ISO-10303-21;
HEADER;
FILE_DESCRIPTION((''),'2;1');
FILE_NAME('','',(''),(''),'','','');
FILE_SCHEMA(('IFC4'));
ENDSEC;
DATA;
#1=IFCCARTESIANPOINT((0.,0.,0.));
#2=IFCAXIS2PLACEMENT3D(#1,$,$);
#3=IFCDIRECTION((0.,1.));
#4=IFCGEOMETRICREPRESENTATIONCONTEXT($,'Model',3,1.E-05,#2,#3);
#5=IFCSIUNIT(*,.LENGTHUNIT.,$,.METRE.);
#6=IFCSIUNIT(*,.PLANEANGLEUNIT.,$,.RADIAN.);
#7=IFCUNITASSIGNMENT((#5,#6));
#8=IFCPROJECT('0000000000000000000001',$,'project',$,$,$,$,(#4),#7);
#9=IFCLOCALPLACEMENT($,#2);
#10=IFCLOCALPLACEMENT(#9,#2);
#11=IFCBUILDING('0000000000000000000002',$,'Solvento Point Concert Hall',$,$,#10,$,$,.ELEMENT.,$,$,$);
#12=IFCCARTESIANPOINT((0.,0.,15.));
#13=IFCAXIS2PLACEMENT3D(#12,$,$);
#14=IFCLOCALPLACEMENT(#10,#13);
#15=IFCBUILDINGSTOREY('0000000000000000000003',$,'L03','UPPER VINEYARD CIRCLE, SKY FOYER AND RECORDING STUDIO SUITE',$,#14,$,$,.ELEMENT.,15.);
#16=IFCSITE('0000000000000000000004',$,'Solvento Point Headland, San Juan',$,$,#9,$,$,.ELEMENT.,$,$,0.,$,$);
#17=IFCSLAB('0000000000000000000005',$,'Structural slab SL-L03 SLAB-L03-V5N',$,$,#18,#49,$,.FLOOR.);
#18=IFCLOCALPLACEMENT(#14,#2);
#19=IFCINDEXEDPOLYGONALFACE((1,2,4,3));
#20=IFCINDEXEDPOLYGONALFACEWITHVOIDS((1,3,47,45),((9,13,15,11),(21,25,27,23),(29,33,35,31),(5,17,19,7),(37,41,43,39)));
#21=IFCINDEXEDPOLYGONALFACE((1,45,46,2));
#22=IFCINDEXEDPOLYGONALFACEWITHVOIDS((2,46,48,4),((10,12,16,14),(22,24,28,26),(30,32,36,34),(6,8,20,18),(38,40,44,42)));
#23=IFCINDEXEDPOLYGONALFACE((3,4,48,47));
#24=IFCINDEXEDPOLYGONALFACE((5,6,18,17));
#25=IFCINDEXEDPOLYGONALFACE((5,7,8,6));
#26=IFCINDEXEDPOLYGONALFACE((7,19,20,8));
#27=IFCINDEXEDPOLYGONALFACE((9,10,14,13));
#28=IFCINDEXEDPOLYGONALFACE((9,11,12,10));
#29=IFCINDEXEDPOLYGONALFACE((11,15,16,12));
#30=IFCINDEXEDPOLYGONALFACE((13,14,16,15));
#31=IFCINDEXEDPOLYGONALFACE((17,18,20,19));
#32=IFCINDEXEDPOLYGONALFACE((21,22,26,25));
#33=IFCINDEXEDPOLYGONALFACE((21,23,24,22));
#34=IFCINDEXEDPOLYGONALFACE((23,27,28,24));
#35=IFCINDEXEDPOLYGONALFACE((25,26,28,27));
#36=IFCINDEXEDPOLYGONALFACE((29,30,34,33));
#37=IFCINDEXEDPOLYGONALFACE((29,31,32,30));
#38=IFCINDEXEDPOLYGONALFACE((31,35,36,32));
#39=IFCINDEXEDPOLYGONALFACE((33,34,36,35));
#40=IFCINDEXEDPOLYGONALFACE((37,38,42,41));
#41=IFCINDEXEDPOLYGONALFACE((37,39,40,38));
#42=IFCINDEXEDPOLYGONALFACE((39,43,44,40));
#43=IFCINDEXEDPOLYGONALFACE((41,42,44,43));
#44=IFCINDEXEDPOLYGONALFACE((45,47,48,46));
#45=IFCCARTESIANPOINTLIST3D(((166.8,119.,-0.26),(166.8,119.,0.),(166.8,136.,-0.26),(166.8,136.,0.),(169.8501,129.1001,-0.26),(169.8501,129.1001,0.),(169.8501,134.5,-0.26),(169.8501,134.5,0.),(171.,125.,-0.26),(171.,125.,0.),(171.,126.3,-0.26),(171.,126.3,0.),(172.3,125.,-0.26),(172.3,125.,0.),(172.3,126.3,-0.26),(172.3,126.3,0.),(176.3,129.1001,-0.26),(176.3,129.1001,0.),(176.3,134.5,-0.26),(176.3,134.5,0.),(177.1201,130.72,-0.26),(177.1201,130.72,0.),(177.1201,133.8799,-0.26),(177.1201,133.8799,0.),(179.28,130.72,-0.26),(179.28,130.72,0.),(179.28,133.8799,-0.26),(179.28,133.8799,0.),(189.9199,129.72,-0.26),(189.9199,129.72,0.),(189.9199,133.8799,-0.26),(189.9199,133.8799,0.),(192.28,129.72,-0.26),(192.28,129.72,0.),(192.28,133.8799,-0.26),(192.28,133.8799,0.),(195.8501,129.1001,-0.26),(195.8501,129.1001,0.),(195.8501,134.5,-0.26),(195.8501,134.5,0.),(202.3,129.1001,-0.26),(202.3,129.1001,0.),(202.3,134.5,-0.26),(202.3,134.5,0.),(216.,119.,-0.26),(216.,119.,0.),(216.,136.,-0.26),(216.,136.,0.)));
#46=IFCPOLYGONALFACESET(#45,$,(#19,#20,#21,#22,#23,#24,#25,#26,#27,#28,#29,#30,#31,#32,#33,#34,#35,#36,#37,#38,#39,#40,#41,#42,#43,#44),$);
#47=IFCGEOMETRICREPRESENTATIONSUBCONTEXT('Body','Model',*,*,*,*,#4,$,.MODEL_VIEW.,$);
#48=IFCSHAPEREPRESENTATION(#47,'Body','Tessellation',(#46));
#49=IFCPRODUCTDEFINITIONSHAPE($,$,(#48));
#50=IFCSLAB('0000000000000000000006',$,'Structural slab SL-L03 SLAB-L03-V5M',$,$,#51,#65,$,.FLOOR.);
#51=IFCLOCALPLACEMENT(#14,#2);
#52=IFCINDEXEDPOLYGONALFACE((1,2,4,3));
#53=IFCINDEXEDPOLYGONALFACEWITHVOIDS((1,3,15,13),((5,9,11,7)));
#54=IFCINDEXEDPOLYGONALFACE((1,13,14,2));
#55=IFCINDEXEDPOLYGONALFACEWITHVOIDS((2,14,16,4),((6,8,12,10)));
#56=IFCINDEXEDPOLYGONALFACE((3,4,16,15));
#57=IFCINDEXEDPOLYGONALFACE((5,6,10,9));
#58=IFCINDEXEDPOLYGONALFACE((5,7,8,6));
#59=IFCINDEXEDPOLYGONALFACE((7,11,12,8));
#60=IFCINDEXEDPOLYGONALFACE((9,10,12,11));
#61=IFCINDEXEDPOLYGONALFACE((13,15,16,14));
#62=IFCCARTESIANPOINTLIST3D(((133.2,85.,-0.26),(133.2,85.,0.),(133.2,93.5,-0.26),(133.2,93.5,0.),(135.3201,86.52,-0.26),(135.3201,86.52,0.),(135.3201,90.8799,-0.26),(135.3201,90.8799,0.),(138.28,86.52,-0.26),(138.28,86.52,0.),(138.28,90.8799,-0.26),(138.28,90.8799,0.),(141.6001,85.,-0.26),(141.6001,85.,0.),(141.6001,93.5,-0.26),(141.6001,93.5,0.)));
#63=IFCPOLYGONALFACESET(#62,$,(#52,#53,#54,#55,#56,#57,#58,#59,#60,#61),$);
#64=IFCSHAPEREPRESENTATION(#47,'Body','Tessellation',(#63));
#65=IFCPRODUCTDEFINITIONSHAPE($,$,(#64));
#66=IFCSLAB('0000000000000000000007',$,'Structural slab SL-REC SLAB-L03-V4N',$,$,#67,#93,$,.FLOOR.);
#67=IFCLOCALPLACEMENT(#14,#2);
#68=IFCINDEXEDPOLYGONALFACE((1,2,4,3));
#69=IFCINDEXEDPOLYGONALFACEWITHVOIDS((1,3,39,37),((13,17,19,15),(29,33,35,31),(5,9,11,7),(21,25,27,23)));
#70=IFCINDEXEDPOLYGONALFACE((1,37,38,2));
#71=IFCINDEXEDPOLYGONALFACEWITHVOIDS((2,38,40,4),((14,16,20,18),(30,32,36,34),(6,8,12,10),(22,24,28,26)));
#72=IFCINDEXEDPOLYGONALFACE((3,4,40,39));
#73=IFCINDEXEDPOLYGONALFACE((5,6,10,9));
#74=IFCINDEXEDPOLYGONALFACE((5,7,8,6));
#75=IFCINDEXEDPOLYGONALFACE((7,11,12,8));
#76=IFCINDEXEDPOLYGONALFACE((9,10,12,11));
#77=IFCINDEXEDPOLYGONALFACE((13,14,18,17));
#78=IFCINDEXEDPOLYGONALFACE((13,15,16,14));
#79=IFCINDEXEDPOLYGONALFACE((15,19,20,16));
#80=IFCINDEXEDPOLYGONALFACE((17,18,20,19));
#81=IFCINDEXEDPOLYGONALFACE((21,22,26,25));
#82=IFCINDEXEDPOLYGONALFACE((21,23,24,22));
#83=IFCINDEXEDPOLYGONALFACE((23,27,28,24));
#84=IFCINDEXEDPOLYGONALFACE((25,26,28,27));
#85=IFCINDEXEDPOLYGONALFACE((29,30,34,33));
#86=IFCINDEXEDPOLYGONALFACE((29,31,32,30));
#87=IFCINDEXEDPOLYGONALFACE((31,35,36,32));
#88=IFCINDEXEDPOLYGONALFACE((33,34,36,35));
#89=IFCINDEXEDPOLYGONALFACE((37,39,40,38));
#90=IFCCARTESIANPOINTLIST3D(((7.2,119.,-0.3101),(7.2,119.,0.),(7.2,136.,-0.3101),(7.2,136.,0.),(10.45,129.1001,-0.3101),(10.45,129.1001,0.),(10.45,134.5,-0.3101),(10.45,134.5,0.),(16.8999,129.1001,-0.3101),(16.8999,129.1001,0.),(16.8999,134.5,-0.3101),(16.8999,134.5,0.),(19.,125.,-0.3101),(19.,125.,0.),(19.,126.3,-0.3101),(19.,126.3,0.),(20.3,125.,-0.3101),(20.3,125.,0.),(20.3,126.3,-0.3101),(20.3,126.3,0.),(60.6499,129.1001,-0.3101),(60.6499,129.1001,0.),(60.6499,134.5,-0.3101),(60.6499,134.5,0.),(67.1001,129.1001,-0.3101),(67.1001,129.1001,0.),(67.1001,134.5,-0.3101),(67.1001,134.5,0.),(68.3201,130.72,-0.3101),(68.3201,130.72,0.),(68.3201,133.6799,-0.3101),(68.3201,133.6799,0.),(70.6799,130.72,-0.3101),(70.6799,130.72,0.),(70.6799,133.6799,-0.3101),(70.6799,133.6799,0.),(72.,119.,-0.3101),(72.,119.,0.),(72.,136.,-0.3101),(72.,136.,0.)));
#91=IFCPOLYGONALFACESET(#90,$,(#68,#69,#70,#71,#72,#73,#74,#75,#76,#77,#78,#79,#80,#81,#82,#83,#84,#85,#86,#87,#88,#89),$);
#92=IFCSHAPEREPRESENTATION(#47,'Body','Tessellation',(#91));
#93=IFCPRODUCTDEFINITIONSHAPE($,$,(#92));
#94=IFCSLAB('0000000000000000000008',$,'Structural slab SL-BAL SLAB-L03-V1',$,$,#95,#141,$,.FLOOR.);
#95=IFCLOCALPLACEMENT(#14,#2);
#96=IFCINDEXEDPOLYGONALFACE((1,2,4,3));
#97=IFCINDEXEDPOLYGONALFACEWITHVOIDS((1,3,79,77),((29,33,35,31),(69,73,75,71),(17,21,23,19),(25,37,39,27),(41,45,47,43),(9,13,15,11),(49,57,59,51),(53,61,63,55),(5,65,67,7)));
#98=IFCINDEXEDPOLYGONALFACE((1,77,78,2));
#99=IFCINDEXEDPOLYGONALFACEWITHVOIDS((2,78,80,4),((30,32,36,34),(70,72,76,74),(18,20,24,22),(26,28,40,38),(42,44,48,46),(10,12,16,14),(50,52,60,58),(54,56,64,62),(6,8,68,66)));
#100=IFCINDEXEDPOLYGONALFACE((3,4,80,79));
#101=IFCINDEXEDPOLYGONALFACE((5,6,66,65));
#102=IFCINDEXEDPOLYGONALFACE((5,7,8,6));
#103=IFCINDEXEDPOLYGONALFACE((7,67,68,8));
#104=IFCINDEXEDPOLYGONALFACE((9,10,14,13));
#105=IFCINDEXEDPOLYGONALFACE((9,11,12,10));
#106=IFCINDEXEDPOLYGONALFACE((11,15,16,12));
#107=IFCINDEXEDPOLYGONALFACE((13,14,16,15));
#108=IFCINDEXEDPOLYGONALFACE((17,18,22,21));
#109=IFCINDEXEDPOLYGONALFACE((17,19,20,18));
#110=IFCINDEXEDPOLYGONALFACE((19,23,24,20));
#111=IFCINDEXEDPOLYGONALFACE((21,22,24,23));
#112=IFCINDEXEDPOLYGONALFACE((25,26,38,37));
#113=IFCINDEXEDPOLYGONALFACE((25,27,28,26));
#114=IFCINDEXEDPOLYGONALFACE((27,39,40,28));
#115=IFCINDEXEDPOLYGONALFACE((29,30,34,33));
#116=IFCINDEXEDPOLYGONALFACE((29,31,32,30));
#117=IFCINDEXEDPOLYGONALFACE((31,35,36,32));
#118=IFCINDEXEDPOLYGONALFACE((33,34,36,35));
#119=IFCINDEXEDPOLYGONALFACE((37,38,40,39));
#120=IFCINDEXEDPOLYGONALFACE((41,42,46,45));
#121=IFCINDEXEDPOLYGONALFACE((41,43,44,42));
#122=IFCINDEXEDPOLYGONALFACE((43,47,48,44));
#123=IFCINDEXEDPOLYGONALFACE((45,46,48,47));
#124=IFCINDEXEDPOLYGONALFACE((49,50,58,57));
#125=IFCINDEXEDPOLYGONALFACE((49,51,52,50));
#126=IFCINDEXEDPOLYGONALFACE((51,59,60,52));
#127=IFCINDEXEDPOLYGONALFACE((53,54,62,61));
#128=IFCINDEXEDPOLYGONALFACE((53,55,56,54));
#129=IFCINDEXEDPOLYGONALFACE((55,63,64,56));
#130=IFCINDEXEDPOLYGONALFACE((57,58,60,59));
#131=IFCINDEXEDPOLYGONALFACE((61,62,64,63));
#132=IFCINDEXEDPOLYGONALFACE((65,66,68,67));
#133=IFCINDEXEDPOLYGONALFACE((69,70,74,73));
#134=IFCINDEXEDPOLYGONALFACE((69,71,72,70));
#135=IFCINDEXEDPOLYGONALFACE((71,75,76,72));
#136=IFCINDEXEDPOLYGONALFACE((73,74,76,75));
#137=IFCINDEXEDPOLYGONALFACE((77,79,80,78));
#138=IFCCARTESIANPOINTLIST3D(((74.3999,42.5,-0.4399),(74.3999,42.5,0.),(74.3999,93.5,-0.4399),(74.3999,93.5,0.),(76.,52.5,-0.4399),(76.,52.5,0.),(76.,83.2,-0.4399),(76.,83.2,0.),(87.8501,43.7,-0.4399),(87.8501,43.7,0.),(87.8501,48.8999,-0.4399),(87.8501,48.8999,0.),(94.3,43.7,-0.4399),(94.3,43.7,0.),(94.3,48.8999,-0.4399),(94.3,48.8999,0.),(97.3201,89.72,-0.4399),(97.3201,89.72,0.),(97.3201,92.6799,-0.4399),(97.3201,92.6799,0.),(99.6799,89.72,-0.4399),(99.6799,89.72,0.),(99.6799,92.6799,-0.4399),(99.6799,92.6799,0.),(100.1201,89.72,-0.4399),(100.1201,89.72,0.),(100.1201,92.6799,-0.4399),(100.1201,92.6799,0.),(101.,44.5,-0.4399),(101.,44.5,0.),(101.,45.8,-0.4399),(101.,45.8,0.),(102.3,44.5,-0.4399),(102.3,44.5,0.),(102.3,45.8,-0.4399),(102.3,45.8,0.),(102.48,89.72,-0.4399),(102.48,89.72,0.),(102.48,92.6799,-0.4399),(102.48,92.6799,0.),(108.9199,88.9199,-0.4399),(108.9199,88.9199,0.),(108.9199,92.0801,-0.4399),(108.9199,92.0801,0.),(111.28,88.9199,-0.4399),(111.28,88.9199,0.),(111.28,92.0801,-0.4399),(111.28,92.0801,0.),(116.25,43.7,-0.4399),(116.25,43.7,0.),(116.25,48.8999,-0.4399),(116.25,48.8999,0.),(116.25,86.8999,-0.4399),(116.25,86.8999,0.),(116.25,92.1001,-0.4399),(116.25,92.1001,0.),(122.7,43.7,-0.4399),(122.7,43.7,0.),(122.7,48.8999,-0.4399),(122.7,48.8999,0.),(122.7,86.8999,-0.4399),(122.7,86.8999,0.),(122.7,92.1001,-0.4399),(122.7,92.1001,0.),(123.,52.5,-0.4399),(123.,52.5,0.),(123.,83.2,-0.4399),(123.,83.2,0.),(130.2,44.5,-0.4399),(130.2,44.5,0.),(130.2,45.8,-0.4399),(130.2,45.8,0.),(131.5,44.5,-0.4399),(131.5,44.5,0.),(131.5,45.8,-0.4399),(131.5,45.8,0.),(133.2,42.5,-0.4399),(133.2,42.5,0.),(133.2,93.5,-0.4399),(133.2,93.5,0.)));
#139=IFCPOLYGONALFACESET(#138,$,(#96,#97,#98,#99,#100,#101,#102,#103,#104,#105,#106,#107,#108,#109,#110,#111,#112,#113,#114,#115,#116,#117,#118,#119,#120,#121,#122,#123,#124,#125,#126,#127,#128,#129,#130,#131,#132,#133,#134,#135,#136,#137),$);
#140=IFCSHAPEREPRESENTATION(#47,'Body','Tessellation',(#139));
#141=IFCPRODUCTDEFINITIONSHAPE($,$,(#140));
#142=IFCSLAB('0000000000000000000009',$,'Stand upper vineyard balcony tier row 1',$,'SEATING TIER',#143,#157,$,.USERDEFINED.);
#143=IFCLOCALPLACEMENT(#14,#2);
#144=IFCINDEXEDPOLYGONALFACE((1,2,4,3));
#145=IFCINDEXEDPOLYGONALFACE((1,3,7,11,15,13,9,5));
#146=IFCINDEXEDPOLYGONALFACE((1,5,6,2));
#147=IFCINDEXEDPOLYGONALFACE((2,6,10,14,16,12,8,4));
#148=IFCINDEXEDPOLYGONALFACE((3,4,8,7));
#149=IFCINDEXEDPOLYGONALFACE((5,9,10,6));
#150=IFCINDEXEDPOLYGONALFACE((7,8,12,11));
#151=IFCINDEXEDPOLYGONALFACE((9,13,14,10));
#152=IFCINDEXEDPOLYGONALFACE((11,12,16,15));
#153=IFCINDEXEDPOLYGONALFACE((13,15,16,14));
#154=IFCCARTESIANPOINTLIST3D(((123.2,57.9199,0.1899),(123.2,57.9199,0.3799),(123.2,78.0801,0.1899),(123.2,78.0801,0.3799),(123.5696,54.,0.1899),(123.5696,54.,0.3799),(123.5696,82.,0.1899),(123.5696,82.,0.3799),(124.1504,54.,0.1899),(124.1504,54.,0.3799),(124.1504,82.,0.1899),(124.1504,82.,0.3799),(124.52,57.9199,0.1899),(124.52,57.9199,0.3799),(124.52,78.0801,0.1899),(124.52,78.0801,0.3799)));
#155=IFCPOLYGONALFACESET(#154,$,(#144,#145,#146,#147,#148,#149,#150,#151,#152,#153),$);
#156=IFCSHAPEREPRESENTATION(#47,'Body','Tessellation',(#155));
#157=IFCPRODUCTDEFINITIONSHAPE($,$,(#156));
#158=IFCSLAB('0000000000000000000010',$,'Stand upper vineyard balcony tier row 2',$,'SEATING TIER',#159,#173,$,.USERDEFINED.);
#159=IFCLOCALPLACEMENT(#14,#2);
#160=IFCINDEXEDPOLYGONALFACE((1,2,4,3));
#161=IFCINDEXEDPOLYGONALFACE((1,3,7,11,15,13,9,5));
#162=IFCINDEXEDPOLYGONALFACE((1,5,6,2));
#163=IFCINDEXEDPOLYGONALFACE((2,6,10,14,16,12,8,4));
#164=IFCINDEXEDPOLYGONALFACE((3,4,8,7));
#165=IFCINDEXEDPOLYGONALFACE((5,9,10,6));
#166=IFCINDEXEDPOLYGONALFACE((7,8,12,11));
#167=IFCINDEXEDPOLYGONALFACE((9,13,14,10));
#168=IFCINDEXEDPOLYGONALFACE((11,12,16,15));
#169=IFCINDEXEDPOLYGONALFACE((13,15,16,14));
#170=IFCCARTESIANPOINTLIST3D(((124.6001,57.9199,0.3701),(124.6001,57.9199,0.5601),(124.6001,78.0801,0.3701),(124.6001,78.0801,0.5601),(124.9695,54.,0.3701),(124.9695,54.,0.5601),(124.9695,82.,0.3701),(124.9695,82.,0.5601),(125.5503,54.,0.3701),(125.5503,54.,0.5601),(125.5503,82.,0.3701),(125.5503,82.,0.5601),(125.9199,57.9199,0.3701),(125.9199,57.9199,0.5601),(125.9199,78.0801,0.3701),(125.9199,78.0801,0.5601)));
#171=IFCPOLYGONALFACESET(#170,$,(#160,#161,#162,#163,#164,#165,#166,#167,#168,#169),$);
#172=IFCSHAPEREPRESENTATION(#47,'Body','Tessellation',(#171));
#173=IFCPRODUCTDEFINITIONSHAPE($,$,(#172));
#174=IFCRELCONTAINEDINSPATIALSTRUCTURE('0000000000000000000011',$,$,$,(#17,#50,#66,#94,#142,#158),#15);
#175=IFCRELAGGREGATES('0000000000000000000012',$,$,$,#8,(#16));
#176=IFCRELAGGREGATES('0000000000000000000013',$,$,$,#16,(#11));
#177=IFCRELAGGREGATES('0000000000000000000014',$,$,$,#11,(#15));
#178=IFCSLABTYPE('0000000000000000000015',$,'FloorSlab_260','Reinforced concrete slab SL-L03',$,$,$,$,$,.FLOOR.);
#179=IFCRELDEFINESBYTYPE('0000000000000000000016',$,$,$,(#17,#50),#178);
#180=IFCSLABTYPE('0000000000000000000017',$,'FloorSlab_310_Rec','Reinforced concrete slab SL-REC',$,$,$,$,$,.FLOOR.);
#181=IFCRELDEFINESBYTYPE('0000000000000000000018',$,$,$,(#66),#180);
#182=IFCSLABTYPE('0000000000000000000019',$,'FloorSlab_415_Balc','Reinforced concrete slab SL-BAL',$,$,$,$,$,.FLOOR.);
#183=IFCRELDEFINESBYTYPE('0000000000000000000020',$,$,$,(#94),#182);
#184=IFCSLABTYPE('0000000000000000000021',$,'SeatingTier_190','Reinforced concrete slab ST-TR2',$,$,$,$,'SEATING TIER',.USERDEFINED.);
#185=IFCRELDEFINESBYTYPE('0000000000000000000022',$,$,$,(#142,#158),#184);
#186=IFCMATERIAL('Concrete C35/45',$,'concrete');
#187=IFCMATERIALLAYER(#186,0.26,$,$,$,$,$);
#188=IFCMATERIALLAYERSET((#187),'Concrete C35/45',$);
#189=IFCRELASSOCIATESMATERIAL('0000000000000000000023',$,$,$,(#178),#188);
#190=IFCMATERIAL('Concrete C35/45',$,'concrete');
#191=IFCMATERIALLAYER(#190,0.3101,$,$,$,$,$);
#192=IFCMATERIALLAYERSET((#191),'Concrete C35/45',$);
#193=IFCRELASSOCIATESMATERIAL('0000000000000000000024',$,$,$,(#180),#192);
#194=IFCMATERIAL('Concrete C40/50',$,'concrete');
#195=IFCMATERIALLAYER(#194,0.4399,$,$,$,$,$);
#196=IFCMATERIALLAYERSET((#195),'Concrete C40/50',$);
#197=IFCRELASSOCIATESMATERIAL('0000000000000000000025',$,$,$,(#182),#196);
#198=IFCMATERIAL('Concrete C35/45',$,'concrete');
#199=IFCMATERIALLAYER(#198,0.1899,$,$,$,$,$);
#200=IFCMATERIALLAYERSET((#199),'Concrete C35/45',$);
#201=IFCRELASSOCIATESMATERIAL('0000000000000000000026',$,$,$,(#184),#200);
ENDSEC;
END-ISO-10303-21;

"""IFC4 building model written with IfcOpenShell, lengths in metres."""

from ifc_helpers import new_model, si_unit, direction, frame, origin, place, context, subcontext, project, spatial, polyline, outline, extrude, material, layer, layer_set, type_object, element, save


model = new_model("IFC4")

# Units and contexts
model_context = context("Model", 3, precision=1e-05, world=origin(), true_north=direction((0.0, 1.0)))
body_context = subcontext(model_context, "Body", "Model", "MODEL_VIEW")
ifc_project = project(units=[si_unit("LENGTHUNIT", "METRE"), si_unit("PLANEANGLEUNIT", "RADIAN")], contexts=[model_context])

# Site, building, storey
site_placement = place(None, origin())
site = spatial("IfcSite", under=ifc_project, at=site_placement, Name="Solvento Point Headland, San Juan", CompositionType="ELEMENT", RefElevation=0.0)
building_placement = place(site_placement, origin())
building = spatial("IfcBuilding", under=site, at=building_placement, Name="Solvento Point Concert Hall", CompositionType="ELEMENT")
storey_placement = place(building_placement, frame((0.0, 0.0, 15.0)))
storey = spatial("IfcBuildingStorey", under=building, at=storey_placement, Name="L03", Description="UPPER VINEYARD CIRCLE, SKY FOYER AND RECORDING STUDIO SUITE", CompositionType="ELEMENT", Elevation=15.0)

# Slabs
ifc_material_1 = material(Name="Concrete C35/45", Category="concrete")
ifc_layer_1 = layer(ifc_material_1, 0.26)
ifc_layer_set_1 = layer_set([ifc_layer_1], Name="Concrete C35/45")
slab_type_1 = type_object("IfcSlabType", Name="FloorSlab_260", Description="Reinforced concrete slab SL-L03", PredefinedType="FLOOR", material=ifc_layer_set_1)
slab_1_placement = place(storey_placement, frame((0.0, 0.0, -0.26)))
element("IfcSlab", 1, at=slab_1_placement, inside=storey, type_object=slab_type_1, Name="Structural slab SL-L03 SLAB-L03-V5N", PredefinedType="FLOOR", context=body_context, shape_type="SweptSolid", body=[
    extrude(outline(polyline([(166.8, 136.0), (216.0, 136.0), (216.0, 119.0), (166.8, 119.0), (166.8, 136.0)]), holes=[polyline([(202.3, 129.1001), (202.3, 134.5), (195.8501, 134.5), (195.8501, 129.1001), (202.3, 129.1001)]), polyline([(192.28, 133.8799), (189.9199, 133.8799), (189.9199, 129.72), (192.28, 129.72), (192.28, 133.8799)]), polyline([(179.28, 130.72), (179.28, 133.8799), (177.1201, 133.8799), (177.1201, 130.72), (179.28, 130.72)]), polyline([(176.3, 134.5), (169.8501, 134.5), (169.8501, 129.1001), (176.3, 129.1001), (176.3, 134.5)]), polyline([(172.3, 126.3), (171.0, 126.3), (171.0, 125.0), (172.3, 125.0), (172.3, 126.3)])]), origin(), (0.0, 0.0, 1.0), 0.26),
])
slab_2_placement = place(storey_placement, frame((0.0, 0.0, -0.26)))
element("IfcSlab", 2, at=slab_2_placement, inside=storey, type_object=slab_type_1, Name="Structural slab SL-L03 SLAB-L03-V5M", PredefinedType="FLOOR", context=body_context, shape_type="SweptSolid", body=[
    extrude(outline(polyline([(133.2, 93.5), (141.6001, 93.5), (141.6001, 85.0), (133.2, 85.0), (133.2, 93.5)]), holes=[polyline([(138.28, 90.8799), (135.3201, 90.8799), (135.3201, 86.52), (138.28, 86.52), (138.28, 90.8799)])]), origin(), (0.0, 0.0, 1.0), 0.26),
])
ifc_material_2 = material(Name="Concrete C35/45", Category="concrete")
ifc_layer_2 = layer(ifc_material_2, 0.3101)
ifc_layer_set_2 = layer_set([ifc_layer_2], Name="Concrete C35/45")
slab_type_2 = type_object("IfcSlabType", Name="FloorSlab_310_Rec", Description="Reinforced concrete slab SL-REC", PredefinedType="FLOOR", material=ifc_layer_set_2)
slab_3_placement = place(storey_placement, frame((0.0, 0.0, -0.3101)))
element("IfcSlab", 3, at=slab_3_placement, inside=storey, type_object=slab_type_2, Name="Structural slab SL-REC SLAB-L03-V4N", PredefinedType="FLOOR", context=body_context, shape_type="SweptSolid", body=[
    extrude(outline(polyline([(7.2, 136.0), (72.0, 136.0), (72.0, 119.0), (7.2, 119.0), (7.2, 136.0)]), holes=[polyline([(70.6799, 130.72), (70.6799, 133.6799), (68.3201, 133.6799), (68.3201, 130.72), (70.6799, 130.72)]), polyline([(67.1001, 129.1001), (67.1001, 134.5), (60.6499, 134.5), (60.6499, 129.1001), (67.1001, 129.1001)]), polyline([(20.3, 126.3), (19.0, 126.3), (19.0, 125.0), (20.3, 125.0), (20.3, 126.3)]), polyline([(16.8999, 134.5), (10.45, 134.5), (10.45, 129.1001), (16.8999, 129.1001), (16.8999, 134.5)])]), origin(), (0.0, 0.0, 1.0), 0.3101),
])
ifc_material_3 = material(Name="Concrete C40/50", Category="concrete")
ifc_layer_3 = layer(ifc_material_3, 0.4399)
ifc_layer_set_3 = layer_set([ifc_layer_3], Name="Concrete C40/50")
slab_type_3 = type_object("IfcSlabType", Name="FloorSlab_415_Balc", Description="Reinforced concrete slab SL-BAL", PredefinedType="FLOOR", material=ifc_layer_set_3)
slab_4_placement = place(storey_placement, frame((0.0, 0.0, -0.4399)))
element("IfcSlab", 4, at=slab_4_placement, inside=storey, type_object=slab_type_3, Name="Structural slab SL-BAL SLAB-L03-V1", PredefinedType="FLOOR", context=body_context, shape_type="SweptSolid", body=[
    extrude(outline(polyline([(133.2, 93.5), (133.2, 42.5), (74.3999, 42.5), (74.3999, 93.5), (133.2, 93.5)]), holes=[polyline([(131.5, 45.8), (130.2, 45.8), (130.2, 44.5), (131.5, 44.5), (131.5, 45.8)]), polyline([(76.0, 52.5), (123.0, 52.5), (123.0, 83.2), (76.0, 83.2), (76.0, 52.5)]), polyline([(122.7, 48.8999), (116.25, 48.8999), (116.25, 43.7), (122.7, 43.7), (122.7, 48.8999)]), polyline([(122.7, 92.1001), (116.25, 92.1001), (116.25, 86.8999), (122.7, 86.8999), (122.7, 92.1001)]), polyline([(111.28, 92.0801), (108.9199, 92.0801), (108.9199, 88.9199), (111.28, 88.9199), (111.28, 92.0801)]), polyline([(102.48, 92.6799), (100.1201, 92.6799), (100.1201, 89.72), (102.48, 89.72), (102.48, 92.6799)]), polyline([(102.3, 45.8), (101.0, 45.8), (101.0, 44.5), (102.3, 44.5), (102.3, 45.8)]), polyline([(99.6799, 92.6799), (97.3201, 92.6799), (97.3201, 89.72), (99.6799, 89.72), (99.6799, 92.6799)]), polyline([(94.3, 48.8999), (87.8501, 48.8999), (87.8501, 43.7), (94.3, 43.7), (94.3, 48.8999)])]), origin(), (0.0, 0.0, 1.0), 0.4399),
])
ifc_material_4 = material(Name="Concrete C35/45", Category="concrete")
ifc_layer_4 = layer(ifc_material_4, 0.1899)
ifc_layer_set_4 = layer_set([ifc_layer_4], Name="Concrete C35/45")
slab_type_4 = type_object("IfcSlabType", Name="SeatingTier_190", Description="Reinforced concrete slab ST-TR2", ElementType="SEATING TIER", PredefinedType="USERDEFINED", material=ifc_layer_set_4)
slab_5_placement = place(storey_placement, frame((0.0, 0.0, 0.1899)))
element("IfcSlab", 5, at=slab_5_placement, inside=storey, type_object=slab_type_4, Name="Stand upper vineyard balcony tier row 1", ObjectType="SEATING TIER", PredefinedType="USERDEFINED", context=body_context, shape_type="SweptSolid", body=[
    extrude(outline(polyline([(123.5696, 54.0), (124.1504, 54.0), (124.52, 57.9199), (124.52, 78.0801), (124.1504, 82.0), (123.5696, 82.0), (123.2, 78.0801), (123.2, 57.9199), (123.5696, 54.0)])), origin(), (0.0, 0.0, 1.0), 0.1899),
])
slab_6_placement = place(storey_placement, frame((0.0, 0.0, 0.3701)))
element("IfcSlab", 6, at=slab_6_placement, inside=storey, type_object=slab_type_4, Name="Stand upper vineyard balcony tier row 2", ObjectType="SEATING TIER", PredefinedType="USERDEFINED", context=body_context, shape_type="SweptSolid", body=[
    extrude(outline(polyline([(124.9695, 54.0), (125.5503, 54.0), (125.9199, 57.9199), (125.9199, 78.0801), (125.5503, 82.0), (124.9695, 82.0), (124.6001, 78.0801), (124.6001, 57.9199), (124.9695, 54.0)])), origin(), (0.0, 0.0, 1.0), 0.1899),
])

save(model, "model.ifc")
